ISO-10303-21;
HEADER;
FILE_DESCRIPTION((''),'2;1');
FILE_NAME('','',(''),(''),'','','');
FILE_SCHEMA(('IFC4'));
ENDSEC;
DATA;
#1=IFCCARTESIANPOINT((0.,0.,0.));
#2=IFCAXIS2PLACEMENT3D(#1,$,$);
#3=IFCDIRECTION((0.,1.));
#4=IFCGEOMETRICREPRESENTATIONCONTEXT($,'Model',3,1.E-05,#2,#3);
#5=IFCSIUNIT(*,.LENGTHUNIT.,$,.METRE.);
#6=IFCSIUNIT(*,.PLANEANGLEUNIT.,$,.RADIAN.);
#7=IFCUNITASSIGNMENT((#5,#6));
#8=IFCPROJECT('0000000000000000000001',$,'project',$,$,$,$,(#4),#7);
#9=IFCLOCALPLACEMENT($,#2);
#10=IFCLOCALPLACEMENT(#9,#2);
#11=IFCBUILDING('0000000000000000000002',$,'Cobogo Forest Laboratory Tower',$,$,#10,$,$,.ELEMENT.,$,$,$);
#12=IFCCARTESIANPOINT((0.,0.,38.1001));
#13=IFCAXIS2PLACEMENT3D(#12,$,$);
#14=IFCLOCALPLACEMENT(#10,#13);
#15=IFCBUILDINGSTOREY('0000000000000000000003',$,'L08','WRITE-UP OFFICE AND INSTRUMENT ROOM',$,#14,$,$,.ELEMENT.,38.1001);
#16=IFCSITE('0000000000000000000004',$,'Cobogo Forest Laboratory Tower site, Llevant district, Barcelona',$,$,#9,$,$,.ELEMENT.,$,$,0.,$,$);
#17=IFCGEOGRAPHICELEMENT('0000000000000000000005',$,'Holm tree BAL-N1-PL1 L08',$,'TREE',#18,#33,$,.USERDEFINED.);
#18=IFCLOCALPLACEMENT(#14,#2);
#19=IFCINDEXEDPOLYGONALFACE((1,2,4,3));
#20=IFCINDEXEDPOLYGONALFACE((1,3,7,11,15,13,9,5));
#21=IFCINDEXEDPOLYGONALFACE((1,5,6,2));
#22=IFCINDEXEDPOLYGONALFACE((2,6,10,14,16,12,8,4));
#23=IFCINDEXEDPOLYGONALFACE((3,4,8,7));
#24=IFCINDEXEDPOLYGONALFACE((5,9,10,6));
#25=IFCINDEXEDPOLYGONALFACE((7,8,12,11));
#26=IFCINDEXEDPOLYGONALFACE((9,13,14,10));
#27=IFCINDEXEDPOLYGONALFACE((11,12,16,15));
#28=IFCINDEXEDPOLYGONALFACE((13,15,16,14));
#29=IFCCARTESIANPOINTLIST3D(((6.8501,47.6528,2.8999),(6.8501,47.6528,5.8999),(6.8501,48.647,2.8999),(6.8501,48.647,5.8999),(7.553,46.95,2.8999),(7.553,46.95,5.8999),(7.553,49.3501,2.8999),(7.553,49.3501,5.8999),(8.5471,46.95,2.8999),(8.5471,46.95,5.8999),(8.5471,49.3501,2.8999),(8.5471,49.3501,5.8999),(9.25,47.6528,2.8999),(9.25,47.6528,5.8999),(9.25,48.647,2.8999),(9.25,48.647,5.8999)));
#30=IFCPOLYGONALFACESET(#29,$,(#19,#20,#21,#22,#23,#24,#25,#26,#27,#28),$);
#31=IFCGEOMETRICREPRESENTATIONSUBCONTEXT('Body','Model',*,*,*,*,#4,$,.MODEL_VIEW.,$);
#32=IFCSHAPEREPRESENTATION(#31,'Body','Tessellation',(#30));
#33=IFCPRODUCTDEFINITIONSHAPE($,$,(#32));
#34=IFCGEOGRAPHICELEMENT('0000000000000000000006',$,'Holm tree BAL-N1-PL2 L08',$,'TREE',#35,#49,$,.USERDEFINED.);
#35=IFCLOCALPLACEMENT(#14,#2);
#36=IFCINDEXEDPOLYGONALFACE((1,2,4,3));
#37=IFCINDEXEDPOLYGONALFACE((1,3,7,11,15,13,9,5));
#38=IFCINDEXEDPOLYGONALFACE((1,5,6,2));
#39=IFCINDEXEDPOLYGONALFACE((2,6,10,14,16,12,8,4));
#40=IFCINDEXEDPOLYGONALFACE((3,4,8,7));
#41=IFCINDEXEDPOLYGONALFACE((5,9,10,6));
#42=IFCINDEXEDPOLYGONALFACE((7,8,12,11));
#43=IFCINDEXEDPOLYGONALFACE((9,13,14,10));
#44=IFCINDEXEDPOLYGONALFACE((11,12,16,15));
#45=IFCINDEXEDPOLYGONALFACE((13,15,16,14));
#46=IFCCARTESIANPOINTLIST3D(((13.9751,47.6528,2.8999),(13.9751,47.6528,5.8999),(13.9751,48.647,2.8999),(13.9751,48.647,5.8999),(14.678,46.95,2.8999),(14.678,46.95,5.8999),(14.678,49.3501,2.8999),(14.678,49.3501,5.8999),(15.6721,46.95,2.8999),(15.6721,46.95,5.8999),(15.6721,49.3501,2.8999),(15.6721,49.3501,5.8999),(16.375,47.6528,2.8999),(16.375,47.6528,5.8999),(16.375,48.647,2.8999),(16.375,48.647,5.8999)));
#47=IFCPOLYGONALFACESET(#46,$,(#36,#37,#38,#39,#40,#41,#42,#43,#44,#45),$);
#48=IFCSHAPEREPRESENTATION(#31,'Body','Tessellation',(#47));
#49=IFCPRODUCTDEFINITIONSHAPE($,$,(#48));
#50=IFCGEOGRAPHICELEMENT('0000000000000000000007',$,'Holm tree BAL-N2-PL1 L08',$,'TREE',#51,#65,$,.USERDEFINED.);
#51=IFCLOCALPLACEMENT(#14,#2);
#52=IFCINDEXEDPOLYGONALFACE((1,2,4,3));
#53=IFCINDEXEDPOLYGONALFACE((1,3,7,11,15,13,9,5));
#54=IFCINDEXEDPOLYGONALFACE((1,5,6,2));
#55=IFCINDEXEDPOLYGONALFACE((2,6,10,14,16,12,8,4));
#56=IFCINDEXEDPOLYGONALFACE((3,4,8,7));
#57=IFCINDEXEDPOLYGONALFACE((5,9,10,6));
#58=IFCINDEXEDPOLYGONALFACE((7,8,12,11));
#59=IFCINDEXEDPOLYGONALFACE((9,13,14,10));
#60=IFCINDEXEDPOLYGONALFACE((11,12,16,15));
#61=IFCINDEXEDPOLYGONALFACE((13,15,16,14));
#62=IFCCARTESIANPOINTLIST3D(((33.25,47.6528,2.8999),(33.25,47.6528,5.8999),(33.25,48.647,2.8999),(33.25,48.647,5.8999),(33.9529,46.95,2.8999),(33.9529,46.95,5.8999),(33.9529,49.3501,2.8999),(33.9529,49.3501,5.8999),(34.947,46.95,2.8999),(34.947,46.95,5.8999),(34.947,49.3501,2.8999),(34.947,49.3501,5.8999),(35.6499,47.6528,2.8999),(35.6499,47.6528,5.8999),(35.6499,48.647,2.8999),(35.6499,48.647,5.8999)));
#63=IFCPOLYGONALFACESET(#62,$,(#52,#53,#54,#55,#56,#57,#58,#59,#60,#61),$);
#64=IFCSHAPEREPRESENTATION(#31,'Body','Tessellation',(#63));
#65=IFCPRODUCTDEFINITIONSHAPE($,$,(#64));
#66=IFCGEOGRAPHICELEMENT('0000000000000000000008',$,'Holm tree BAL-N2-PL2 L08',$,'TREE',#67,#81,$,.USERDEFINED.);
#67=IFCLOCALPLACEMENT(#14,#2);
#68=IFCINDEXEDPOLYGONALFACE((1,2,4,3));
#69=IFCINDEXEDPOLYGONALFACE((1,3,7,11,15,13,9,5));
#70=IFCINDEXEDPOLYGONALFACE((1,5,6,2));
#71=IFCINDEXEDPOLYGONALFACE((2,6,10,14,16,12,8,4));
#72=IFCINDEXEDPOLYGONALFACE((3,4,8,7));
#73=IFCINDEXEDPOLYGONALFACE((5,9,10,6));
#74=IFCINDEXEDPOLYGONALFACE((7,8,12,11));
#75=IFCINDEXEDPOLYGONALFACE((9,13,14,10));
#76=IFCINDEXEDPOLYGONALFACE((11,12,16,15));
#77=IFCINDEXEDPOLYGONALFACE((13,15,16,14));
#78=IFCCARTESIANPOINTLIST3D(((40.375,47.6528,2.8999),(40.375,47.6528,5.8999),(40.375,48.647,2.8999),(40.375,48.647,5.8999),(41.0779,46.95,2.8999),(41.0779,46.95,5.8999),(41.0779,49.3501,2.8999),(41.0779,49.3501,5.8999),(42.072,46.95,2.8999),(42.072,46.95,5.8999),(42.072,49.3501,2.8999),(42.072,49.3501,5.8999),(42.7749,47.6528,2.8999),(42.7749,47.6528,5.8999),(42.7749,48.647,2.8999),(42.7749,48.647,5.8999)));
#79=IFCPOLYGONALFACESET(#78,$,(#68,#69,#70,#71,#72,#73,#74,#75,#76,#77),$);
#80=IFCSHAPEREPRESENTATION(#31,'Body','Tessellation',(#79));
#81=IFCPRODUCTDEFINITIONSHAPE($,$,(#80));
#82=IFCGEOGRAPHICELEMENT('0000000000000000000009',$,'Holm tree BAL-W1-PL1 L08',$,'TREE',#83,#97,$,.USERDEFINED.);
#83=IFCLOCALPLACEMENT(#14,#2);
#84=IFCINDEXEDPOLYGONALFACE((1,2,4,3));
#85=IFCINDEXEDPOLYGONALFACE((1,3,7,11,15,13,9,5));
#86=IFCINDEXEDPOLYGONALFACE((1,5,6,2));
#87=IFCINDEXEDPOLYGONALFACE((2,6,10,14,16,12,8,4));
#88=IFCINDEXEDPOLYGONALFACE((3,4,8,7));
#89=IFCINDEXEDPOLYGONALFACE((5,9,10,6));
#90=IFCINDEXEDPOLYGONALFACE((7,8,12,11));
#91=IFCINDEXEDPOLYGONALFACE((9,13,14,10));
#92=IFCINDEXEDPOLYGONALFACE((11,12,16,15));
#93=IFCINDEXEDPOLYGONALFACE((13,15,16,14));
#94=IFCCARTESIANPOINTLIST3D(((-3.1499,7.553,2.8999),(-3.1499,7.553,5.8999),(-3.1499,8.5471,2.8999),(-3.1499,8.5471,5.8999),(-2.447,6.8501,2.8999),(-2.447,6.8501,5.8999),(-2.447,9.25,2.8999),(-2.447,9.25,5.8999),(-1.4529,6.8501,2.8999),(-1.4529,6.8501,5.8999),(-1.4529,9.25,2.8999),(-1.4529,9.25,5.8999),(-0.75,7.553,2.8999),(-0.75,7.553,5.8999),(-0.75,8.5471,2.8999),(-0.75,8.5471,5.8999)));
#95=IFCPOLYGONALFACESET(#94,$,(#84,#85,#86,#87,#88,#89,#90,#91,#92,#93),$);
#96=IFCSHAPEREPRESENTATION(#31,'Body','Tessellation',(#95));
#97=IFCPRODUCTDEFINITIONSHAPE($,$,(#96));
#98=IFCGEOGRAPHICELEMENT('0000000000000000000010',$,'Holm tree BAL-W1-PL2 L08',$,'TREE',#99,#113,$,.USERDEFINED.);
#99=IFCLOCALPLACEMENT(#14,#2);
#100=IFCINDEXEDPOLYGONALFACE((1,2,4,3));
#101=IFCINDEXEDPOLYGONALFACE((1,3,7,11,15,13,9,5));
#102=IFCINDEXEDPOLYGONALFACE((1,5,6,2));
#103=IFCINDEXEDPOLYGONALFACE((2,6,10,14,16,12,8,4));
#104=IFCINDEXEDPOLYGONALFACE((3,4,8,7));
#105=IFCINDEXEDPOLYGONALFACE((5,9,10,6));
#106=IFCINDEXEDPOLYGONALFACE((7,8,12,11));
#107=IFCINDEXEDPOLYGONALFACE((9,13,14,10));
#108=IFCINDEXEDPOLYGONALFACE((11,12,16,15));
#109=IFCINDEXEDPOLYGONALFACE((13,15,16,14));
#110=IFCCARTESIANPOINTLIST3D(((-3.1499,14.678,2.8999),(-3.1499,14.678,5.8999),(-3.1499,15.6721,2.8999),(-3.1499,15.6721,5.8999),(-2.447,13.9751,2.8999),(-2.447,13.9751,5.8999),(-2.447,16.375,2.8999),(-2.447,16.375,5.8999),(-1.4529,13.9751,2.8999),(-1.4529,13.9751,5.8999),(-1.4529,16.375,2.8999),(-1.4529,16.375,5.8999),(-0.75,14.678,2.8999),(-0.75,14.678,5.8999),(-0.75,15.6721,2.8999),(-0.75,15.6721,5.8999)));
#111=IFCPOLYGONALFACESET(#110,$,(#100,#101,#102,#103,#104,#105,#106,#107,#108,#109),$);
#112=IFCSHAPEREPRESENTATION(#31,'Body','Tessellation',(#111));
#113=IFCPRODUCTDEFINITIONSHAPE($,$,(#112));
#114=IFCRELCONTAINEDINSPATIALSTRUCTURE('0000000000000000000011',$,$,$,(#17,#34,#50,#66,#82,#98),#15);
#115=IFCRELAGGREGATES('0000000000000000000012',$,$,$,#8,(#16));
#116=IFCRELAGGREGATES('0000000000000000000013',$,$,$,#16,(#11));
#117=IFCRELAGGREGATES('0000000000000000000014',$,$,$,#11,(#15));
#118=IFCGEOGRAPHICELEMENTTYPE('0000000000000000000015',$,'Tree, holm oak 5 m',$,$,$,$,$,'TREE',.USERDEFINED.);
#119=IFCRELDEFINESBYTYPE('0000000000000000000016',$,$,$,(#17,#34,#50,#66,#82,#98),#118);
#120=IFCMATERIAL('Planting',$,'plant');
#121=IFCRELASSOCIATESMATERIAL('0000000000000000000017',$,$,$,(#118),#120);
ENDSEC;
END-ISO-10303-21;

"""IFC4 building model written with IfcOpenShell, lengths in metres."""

from ifc_helpers import new_model, si_unit, direction, frame, origin, place, context, subcontext, project, spatial, polyline, outline, extrude, material, type_object, element, save


model = new_model("IFC4")

# Units and contexts
model_context = context("Model", 3, precision=1e-05, world=origin(), true_north=direction((0.0, 1.0)))
body_context = subcontext(model_context, "Body", "Model", "MODEL_VIEW")
ifc_project = project(units=[si_unit("LENGTHUNIT", "METRE"), si_unit("PLANEANGLEUNIT", "RADIAN")], contexts=[model_context])

# Site, building, storey
site_placement = place(None, origin())
site = spatial("IfcSite", under=ifc_project, at=site_placement, Name="Cobogo Forest Laboratory Tower site, Llevant district, Barcelona", CompositionType="ELEMENT", RefElevation=0.0)
building_placement = place(site_placement, origin())
building = spatial("IfcBuilding", under=site, at=building_placement, Name="Cobogo Forest Laboratory Tower", CompositionType="ELEMENT")
storey_placement = place(building_placement, frame((0.0, 0.0, 38.1001)))
storey = spatial("IfcBuildingStorey", under=building, at=storey_placement, Name="L08", Description="WRITE-UP OFFICE AND INSTRUMENT ROOM", CompositionType="ELEMENT", Elevation=38.1001)

# Geographic elements
ifc_material_1 = material(Name="Planting", Category="plant")
geographic_element_type = type_object("IfcGeographicElementType", Name="Tree, holm oak 5 m", ElementType="TREE", PredefinedType="USERDEFINED", material=ifc_material_1)
geographic_element_1_placement = place(storey_placement, frame((0.0, 0.0, 2.8999)))
element("IfcGeographicElement", 1, at=geographic_element_1_placement, inside=storey, type_object=geographic_element_type, Name="Holm tree BAL-N1-PL1 L08", ObjectType="TREE", PredefinedType="USERDEFINED", context=body_context, shape_type="SweptSolid", body=[
    extrude(outline(polyline([(9.25, 47.6528), (9.25, 48.647), (8.5471, 49.3501), (7.553, 49.3501), (6.8501, 48.647), (6.8501, 47.6528), (7.553, 46.95), (8.5471, 46.95), (9.25, 47.6528)])), origin(), (0.0, 0.0, 1.0), 3.0),
])
geographic_element_2_placement = place(storey_placement, frame((0.0, 0.0, 2.8999)))
element("IfcGeographicElement", 2, at=geographic_element_2_placement, inside=storey, type_object=geographic_element_type, Name="Holm tree BAL-N1-PL2 L08", ObjectType="TREE", PredefinedType="USERDEFINED", context=body_context, shape_type="SweptSolid", body=[
    extrude(outline(polyline([(16.375, 47.6528), (16.375, 48.647), (15.6721, 49.3501), (14.678, 49.3501), (13.9751, 48.647), (13.9751, 47.6528), (14.678, 46.95), (15.6721, 46.95), (16.375, 47.6528)])), origin(), (0.0, 0.0, 1.0), 3.0),
])
geographic_element_3_placement = place(storey_placement, frame((0.0, 0.0, 2.8999)))
element("IfcGeographicElement", 3, at=geographic_element_3_placement, inside=storey, type_object=geographic_element_type, Name="Holm tree BAL-N2-PL1 L08", ObjectType="TREE", PredefinedType="USERDEFINED", context=body_context, shape_type="SweptSolid", body=[
    extrude(outline(polyline([(35.6499, 47.6528), (35.6499, 48.647), (34.947, 49.3501), (33.9529, 49.3501), (33.25, 48.647), (33.25, 47.6528), (33.9529, 46.95), (34.947, 46.95), (35.6499, 47.6528)])), origin(), (0.0, 0.0, 1.0), 3.0),
])
geographic_element_4_placement = place(storey_placement, frame((0.0, 0.0, 2.8999)))
element("IfcGeographicElement", 4, at=geographic_element_4_placement, inside=storey, type_object=geographic_element_type, Name="Holm tree BAL-N2-PL2 L08", ObjectType="TREE", PredefinedType="USERDEFINED", context=body_context, shape_type="SweptSolid", body=[
    extrude(outline(polyline([(42.7749, 47.6528), (42.7749, 48.647), (42.072, 49.3501), (41.0779, 49.3501), (40.375, 48.647), (40.375, 47.6528), (41.0779, 46.95), (42.072, 46.95), (42.7749, 47.6528)])), origin(), (0.0, 0.0, 1.0), 3.0),
])
geographic_element_5_placement = place(storey_placement, frame((0.0, 0.0, 2.8999)))
element("IfcGeographicElement", 5, at=geographic_element_5_placement, inside=storey, type_object=geographic_element_type, Name="Holm tree BAL-W1-PL1 L08", ObjectType="TREE", PredefinedType="USERDEFINED", context=body_context, shape_type="SweptSolid", body=[
    extrude(outline(polyline([(-0.75, 7.553), (-0.75, 8.5471), (-1.4529, 9.25), (-2.447, 9.25), (-3.1499, 8.5471), (-3.1499, 7.553), (-2.447, 6.8501), (-1.4529, 6.8501), (-0.75, 7.553)])), origin(), (0.0, 0.0, 1.0), 3.0),
])
geographic_element_6_placement = place(storey_placement, frame((0.0, 0.0, 2.8999)))
element("IfcGeographicElement", 6, at=geographic_element_6_placement, inside=storey, type_object=geographic_element_type, Name="Holm tree BAL-W1-PL2 L08", ObjectType="TREE", PredefinedType="USERDEFINED", context=body_context, shape_type="SweptSolid", body=[
    extrude(outline(polyline([(-0.75, 14.678), (-0.75, 15.6721), (-1.4529, 16.375), (-2.447, 16.375), (-3.1499, 15.6721), (-3.1499, 14.678), (-2.447, 13.9751), (-1.4529, 13.9751), (-0.75, 14.678)])), origin(), (0.0, 0.0, 1.0), 3.0),
])

save(model, "model.ifc")
